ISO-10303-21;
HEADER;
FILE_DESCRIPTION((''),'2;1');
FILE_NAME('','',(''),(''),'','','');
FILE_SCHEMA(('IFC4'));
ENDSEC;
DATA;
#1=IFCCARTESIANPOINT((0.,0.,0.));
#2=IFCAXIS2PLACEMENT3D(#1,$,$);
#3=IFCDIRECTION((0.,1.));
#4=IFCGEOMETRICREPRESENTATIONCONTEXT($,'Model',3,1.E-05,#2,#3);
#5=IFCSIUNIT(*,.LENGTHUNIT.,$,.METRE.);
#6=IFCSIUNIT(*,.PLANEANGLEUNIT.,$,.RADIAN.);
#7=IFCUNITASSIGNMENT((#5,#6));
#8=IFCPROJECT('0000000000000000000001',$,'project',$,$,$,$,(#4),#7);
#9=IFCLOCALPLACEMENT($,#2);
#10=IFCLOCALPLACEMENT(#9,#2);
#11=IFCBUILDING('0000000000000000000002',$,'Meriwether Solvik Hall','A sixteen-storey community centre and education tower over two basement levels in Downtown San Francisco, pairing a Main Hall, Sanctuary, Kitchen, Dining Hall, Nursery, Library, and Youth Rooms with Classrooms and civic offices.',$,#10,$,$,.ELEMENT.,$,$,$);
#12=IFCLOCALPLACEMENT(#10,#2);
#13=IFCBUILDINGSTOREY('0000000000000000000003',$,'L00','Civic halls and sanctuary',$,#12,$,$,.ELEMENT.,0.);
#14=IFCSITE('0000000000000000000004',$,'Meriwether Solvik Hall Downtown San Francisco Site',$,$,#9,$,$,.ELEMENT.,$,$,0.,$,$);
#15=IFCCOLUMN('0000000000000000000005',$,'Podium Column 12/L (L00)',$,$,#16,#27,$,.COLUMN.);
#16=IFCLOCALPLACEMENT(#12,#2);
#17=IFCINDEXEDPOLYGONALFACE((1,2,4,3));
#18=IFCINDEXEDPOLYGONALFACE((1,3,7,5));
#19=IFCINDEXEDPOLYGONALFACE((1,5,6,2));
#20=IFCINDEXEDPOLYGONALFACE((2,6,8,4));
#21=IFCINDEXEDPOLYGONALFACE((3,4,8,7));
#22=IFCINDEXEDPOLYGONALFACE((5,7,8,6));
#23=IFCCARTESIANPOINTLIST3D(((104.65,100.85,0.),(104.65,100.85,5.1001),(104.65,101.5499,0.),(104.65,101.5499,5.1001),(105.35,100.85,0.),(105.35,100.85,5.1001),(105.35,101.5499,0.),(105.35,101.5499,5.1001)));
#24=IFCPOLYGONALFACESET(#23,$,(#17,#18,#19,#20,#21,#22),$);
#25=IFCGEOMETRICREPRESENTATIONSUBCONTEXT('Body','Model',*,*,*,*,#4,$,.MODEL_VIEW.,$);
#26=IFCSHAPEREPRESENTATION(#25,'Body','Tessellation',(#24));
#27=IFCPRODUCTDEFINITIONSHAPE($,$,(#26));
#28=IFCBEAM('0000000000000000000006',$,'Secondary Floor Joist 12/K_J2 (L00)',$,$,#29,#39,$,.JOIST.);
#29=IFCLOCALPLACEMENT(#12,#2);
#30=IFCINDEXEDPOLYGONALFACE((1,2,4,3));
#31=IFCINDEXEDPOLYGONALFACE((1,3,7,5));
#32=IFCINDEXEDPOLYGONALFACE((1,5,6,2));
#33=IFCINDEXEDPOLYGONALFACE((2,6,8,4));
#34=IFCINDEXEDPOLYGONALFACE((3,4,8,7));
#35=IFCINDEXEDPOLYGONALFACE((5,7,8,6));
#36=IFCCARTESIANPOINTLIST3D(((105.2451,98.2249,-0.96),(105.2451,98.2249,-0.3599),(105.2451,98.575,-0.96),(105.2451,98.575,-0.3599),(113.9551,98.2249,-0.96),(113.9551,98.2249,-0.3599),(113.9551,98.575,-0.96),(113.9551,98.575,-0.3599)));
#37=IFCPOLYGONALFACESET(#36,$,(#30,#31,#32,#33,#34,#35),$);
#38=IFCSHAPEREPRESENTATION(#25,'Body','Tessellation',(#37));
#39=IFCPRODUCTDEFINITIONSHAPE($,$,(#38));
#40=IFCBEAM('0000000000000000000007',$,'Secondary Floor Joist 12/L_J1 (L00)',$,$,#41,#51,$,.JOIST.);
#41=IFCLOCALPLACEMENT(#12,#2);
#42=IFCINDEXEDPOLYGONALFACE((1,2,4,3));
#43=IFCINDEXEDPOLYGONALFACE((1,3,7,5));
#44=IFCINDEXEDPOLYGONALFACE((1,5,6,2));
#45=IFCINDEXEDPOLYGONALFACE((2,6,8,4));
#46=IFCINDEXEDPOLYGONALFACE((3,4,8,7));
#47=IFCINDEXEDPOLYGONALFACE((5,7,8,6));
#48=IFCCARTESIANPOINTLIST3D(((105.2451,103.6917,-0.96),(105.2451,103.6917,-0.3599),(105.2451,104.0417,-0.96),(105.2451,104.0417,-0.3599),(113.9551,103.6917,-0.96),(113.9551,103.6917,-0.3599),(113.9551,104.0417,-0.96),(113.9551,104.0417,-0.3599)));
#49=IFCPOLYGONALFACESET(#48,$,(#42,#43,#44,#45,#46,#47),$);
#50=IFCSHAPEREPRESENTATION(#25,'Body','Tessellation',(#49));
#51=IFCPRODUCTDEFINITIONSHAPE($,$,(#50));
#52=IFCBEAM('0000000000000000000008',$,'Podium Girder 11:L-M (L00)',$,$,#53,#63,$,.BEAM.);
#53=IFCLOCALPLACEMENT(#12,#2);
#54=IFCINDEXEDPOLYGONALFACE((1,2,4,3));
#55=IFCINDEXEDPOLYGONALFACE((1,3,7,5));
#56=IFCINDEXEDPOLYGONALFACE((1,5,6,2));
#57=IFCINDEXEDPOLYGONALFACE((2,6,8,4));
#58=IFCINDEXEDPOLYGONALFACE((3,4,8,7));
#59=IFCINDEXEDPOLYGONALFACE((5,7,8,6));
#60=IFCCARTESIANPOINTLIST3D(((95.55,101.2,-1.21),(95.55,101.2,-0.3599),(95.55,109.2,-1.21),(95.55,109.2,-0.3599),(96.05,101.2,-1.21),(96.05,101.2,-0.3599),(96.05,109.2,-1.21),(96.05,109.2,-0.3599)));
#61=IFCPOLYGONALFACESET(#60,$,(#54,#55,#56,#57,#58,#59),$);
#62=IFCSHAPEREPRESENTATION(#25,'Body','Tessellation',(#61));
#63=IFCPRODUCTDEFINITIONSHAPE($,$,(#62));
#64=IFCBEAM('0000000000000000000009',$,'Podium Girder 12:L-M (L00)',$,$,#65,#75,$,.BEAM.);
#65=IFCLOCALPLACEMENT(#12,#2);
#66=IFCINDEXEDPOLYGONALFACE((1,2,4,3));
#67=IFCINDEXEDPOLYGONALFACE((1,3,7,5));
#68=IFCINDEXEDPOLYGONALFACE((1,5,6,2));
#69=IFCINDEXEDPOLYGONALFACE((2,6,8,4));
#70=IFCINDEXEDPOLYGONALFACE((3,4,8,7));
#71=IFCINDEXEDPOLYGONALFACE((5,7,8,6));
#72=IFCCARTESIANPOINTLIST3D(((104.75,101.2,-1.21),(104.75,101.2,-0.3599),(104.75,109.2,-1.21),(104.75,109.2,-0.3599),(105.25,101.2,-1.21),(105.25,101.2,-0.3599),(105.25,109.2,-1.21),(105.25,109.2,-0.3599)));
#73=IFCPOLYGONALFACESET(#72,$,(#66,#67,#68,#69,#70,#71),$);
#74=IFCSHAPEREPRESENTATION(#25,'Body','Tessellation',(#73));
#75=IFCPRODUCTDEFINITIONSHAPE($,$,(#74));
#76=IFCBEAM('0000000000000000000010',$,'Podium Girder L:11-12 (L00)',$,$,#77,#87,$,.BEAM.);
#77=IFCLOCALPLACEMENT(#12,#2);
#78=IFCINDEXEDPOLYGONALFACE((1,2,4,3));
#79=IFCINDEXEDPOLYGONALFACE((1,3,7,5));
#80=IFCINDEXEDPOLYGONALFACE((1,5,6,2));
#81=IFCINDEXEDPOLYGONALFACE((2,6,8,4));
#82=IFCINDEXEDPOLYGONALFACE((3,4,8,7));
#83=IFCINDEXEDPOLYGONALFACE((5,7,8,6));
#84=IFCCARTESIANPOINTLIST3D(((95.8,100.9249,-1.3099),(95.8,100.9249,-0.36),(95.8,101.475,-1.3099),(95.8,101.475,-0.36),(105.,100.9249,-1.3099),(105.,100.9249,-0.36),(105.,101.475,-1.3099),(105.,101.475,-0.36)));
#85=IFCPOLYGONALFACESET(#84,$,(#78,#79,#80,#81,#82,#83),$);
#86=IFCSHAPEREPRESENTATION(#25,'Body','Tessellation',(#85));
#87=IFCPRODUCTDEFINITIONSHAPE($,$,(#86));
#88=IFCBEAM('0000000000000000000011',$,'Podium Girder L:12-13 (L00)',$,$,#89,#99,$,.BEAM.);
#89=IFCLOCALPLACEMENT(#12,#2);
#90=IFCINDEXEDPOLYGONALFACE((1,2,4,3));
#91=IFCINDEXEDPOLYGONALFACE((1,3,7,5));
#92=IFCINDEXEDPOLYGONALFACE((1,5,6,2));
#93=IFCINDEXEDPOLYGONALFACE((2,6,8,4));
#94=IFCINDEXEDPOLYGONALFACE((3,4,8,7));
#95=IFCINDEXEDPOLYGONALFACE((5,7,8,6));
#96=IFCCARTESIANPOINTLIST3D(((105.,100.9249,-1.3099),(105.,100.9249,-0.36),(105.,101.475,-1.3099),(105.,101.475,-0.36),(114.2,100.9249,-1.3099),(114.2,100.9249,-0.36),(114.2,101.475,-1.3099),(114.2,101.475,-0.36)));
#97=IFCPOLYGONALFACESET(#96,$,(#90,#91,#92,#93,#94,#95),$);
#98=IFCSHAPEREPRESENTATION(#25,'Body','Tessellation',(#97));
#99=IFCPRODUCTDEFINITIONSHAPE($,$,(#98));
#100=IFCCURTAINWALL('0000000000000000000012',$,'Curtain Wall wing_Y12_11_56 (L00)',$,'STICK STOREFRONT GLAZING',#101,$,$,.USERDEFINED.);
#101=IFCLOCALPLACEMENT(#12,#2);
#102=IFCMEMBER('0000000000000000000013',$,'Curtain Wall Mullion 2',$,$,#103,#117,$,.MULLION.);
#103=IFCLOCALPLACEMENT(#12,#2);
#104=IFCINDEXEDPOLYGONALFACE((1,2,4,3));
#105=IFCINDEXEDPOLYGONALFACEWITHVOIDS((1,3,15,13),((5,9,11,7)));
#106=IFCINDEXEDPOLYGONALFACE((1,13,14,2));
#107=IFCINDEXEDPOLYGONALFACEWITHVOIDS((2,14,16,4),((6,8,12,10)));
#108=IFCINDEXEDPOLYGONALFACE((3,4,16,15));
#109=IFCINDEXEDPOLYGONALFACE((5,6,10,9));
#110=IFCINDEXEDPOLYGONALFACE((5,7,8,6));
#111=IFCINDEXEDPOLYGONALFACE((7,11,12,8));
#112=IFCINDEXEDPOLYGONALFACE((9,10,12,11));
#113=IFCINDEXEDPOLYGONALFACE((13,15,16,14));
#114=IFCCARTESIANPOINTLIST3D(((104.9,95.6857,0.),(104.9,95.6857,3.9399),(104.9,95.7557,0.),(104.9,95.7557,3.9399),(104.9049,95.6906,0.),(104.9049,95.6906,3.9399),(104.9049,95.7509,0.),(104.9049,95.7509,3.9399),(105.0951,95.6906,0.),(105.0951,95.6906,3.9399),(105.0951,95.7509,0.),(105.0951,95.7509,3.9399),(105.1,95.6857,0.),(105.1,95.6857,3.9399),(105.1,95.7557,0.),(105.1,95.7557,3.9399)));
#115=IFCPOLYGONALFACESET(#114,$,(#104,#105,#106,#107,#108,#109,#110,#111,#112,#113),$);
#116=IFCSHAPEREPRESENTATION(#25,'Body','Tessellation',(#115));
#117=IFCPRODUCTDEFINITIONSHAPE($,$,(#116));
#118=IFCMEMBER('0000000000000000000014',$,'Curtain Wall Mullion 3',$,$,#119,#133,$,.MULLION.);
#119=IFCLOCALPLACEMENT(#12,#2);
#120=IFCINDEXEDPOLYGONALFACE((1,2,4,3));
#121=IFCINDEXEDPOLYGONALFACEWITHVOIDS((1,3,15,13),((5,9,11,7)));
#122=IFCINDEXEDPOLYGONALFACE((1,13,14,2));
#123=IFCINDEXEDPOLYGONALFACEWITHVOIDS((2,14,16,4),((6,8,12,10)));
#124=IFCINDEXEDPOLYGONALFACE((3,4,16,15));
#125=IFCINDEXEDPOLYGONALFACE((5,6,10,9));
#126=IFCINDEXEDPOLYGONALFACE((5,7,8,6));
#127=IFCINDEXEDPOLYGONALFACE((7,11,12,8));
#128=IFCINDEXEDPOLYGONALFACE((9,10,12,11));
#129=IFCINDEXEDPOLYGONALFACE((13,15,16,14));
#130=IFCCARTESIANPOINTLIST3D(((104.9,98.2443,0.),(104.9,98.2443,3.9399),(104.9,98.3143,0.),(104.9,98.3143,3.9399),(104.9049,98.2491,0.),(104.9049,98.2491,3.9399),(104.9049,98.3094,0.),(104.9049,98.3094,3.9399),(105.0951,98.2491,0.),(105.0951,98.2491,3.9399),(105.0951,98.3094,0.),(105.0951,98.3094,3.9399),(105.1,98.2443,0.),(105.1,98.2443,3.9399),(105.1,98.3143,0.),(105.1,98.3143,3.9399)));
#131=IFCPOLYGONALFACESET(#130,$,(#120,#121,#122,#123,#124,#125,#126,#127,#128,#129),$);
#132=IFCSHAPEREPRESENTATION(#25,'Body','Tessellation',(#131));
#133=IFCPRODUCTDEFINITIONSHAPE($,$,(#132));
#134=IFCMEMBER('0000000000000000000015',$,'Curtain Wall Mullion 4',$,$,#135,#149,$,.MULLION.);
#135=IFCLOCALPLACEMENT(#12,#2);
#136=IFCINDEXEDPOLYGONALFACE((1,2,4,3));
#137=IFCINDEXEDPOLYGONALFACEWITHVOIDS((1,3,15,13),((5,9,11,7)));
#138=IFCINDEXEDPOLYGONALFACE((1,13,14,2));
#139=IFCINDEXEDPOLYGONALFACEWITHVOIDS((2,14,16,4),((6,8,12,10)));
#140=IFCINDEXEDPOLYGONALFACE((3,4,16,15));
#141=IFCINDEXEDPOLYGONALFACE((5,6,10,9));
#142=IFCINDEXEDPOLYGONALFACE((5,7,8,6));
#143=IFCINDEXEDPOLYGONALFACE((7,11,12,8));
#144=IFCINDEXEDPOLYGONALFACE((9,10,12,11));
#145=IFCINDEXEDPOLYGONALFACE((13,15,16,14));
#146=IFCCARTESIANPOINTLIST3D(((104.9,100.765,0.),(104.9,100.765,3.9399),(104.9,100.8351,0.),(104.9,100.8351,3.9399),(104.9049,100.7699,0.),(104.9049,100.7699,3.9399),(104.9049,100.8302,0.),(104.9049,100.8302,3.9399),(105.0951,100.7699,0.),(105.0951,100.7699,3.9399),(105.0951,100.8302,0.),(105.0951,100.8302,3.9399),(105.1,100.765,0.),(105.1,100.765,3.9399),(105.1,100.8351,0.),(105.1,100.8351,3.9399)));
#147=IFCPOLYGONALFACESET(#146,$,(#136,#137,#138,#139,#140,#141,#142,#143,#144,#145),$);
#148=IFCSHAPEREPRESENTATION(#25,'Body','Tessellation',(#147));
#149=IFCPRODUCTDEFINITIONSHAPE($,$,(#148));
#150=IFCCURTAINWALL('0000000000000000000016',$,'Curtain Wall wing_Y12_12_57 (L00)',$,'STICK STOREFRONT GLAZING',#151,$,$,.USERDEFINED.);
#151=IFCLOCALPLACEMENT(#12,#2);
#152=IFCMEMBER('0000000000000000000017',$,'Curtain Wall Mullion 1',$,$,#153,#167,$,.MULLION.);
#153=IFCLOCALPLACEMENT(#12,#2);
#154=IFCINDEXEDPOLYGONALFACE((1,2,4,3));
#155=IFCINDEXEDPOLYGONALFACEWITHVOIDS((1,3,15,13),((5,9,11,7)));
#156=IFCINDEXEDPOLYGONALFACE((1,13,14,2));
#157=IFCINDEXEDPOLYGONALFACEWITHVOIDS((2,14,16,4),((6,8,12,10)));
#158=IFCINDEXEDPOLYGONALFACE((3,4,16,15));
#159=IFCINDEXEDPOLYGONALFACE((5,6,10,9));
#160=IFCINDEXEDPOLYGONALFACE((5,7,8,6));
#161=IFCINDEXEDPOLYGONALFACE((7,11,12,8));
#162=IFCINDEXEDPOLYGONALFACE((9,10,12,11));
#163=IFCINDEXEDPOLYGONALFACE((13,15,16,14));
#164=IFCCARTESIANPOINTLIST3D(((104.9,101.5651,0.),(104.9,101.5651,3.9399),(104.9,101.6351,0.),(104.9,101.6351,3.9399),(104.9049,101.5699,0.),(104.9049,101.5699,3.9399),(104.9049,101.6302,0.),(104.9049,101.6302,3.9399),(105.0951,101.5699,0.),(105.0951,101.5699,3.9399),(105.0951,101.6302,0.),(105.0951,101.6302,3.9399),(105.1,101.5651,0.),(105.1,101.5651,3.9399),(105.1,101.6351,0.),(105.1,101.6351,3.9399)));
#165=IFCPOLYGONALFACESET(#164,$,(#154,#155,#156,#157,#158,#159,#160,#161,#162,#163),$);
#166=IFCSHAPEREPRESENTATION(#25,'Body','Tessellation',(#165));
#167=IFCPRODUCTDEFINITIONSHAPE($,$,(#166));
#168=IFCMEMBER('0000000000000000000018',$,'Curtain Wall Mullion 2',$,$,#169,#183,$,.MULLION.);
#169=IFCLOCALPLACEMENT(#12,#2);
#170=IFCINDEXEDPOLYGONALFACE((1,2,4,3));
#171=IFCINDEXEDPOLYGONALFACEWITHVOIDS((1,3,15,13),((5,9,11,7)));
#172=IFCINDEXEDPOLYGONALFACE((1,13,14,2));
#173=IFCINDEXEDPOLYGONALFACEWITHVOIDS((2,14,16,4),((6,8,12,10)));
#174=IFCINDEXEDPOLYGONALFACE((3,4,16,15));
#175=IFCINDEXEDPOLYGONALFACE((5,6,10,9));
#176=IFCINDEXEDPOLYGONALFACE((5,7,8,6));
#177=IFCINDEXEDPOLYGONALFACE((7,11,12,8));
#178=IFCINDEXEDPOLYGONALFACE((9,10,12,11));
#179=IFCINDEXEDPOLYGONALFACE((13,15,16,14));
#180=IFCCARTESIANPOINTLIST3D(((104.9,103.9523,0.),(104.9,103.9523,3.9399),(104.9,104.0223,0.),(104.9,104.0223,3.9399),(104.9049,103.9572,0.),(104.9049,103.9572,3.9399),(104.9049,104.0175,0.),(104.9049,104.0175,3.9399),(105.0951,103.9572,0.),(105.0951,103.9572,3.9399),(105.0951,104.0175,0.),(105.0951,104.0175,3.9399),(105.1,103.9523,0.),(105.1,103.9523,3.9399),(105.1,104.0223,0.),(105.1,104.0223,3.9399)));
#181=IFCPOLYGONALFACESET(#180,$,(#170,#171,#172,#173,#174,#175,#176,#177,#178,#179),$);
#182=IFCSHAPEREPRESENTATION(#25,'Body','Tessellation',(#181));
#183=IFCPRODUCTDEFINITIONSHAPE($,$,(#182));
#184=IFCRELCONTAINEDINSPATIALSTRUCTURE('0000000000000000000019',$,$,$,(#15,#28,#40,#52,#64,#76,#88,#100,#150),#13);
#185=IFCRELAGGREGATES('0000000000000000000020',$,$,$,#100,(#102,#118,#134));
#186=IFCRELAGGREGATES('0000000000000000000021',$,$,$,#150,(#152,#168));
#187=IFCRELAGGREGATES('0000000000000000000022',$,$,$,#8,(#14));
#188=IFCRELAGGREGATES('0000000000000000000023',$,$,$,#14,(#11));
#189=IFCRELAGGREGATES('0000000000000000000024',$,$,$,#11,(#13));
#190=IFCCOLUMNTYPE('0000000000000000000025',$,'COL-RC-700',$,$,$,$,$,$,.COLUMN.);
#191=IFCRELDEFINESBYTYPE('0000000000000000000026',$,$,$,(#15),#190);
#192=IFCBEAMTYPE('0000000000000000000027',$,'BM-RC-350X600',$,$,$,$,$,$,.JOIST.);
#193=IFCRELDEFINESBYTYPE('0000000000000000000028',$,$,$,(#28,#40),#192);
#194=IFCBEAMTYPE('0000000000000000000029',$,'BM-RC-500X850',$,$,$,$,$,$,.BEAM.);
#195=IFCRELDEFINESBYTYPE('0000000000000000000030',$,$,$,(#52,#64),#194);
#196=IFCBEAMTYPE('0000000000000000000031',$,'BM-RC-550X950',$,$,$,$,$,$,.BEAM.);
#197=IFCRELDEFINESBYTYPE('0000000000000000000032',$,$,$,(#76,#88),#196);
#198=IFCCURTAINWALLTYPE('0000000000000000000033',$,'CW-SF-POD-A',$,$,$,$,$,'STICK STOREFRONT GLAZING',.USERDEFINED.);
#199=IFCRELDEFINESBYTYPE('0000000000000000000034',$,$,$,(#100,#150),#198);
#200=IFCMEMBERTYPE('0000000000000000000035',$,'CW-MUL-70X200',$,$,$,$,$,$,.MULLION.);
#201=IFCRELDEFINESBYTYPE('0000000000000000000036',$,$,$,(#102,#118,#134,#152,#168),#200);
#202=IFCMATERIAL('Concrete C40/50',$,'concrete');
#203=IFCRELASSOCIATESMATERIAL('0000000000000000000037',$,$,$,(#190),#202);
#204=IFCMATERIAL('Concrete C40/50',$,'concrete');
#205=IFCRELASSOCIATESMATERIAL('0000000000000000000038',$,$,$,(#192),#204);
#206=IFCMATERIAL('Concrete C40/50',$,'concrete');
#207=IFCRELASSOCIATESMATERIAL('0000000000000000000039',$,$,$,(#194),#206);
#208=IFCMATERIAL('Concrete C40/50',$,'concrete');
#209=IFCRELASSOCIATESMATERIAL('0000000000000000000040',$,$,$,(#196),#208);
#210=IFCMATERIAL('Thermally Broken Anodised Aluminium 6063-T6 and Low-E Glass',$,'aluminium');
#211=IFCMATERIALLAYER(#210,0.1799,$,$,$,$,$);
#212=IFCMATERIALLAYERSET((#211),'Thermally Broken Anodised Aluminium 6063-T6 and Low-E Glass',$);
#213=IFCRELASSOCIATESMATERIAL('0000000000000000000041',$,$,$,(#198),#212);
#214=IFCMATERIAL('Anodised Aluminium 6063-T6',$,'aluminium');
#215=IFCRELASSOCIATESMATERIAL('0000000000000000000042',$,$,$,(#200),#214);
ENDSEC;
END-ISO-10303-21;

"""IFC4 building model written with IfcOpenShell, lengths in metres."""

from ifc_helpers import new_model, si_unit, direction, frame, origin, origin_2d, place, context, subcontext, project, spatial, rectangle, hollow_rectangle, extrude, material, layer, layer_set, material_profile, profile_set, type_object, element, aggregate, save


model = new_model("IFC4")

# Units and contexts
model_context = context("Model", 3, precision=1e-05, world=origin(), true_north=direction((0.0, 1.0)))
body_context = subcontext(model_context, "Body", "Model", "MODEL_VIEW")
ifc_project = project(units=[si_unit("LENGTHUNIT", "METRE"), si_unit("PLANEANGLEUNIT", "RADIAN")], contexts=[model_context])

# Site, building, storey
site_placement = place(None, origin())
site = spatial("IfcSite", under=ifc_project, at=site_placement, Name="Meriwether Solvik Hall Downtown San Francisco Site", CompositionType="ELEMENT", RefElevation=0.0)
building_placement = place(site_placement, origin())
building = spatial("IfcBuilding", under=site, at=building_placement, Name="Meriwether Solvik Hall", Description="A sixteen-storey community centre and education tower over two basement levels in Downtown San Francisco, pairing a Main Hall, Sanctuary, Kitchen, Dining Hall, Nursery, Library, and Youth Rooms with Classrooms and civic offices.", CompositionType="ELEMENT")
storey_placement = place(building_placement, origin())
storey = spatial("IfcBuildingStorey", under=building, at=storey_placement, Name="L00", Description="Civic halls and sanctuary", CompositionType="ELEMENT", Elevation=0.0)

# Column
ifc_material_1 = material(Name="Concrete C40/50", Category="concrete")
ifc_material_profile_1 = material_profile(ifc_material_1, rectangle(XDim=0.7, YDim=0.7, at=origin_2d()), Name="RCC-700X700")
ifc_profile_set_1 = profile_set([ifc_material_profile_1], Name="Concrete C40/50")
column_type = type_object("IfcColumnType", Name="COL-RC-700", PredefinedType="COLUMN", material=ifc_profile_set_1)
column_placement = place(storey_placement, frame((105.0, 101.2, 0.0), z_axis=(0.0, 0.0, 1.0), x_axis=(1.0, 0.0, 0.0)))
element("IfcColumn", 1, at=column_placement, inside=storey, type_object=column_type, Name="Podium Column 12/L (L00)", PredefinedType="COLUMN", context=body_context, shape_type="SweptSolid", body=[
    extrude(rectangle(XDim=0.7, YDim=0.7, at=origin_2d()), origin(), (0.0, 0.0, 1.0), 5.1001),
])

# Beams
ifc_material_2 = material(Name="Concrete C40/50", Category="concrete")
ifc_material_profile_2 = material_profile(ifc_material_2, rectangle(XDim=0.3501, YDim=0.6001, at=origin_2d()), Name="RCB-350X600")
ifc_profile_set_2 = profile_set([ifc_material_profile_2], Name="Concrete C40/50")
beam_type_1 = type_object("IfcBeamType", Name="BM-RC-350X600", PredefinedType="JOIST", material=ifc_profile_set_2)
for number, where, z_axis, x_axis, name in (
    (2, (105.2451, 98.3999, -0.6599), (1.0, 0.0, 0.0), (0.0, 1.0, 0.0), "Secondary Floor Joist 12/K_J2 (L00)"),
    (3, (105.2451, 103.8667, -0.6599), (1.0, 0.0, 0.0), (0.0, 1.0, 0.0), "Secondary Floor Joist 12/L_J1 (L00)"),
):
    element("IfcBeam", number, at=place(storey_placement, frame(where, z_axis=z_axis, x_axis=x_axis)), inside=storey, type_object=beam_type_1, Name=name, PredefinedType="JOIST", context=body_context, shape_type="SweptSolid", body=[
        extrude(rectangle(XDim=0.3501, YDim=0.6001, at=origin_2d()), origin(), (0.0, 0.0, 1.0), 8.71),
    ])
ifc_material_3 = material(Name="Concrete C40/50", Category="concrete")
ifc_material_profile_3 = material_profile(ifc_material_3, rectangle(XDim=0.5, YDim=0.8501, at=origin_2d()), Name="RCB-500X850")
ifc_profile_set_3 = profile_set([ifc_material_profile_3], Name="Concrete C40/50")
beam_type_2 = type_object("IfcBeamType", Name="BM-RC-500X850", PredefinedType="BEAM", material=ifc_profile_set_3)
for number, where, z_axis, x_axis, name in (
    (4, (95.8, 101.2, -0.7849), (0.0, 1.0, 0.0), (-1.0, 0.0, 0.0), "Podium Girder 11:L-M (L00)"),
    (5, (105.0, 101.2, -0.7849), (0.0, 1.0, 0.0), (-1.0, 0.0, 0.0), "Podium Girder 12:L-M (L00)"),
):
    element("IfcBeam", number, at=place(storey_placement, frame(where, z_axis=z_axis, x_axis=x_axis)), inside=storey, type_object=beam_type_2, Name=name, PredefinedType="BEAM", context=body_context, shape_type="SweptSolid", body=[
        extrude(rectangle(XDim=0.5, YDim=0.8501, at=origin_2d()), origin(), (0.0, 0.0, 1.0), 8.0),
    ])
ifc_material_4 = material(Name="Concrete C40/50", Category="concrete")
ifc_material_profile_4 = material_profile(ifc_material_4, rectangle(XDim=0.55, YDim=0.95, at=origin_2d()), Name="RCB-550X950")
ifc_profile_set_4 = profile_set([ifc_material_profile_4], Name="Concrete C40/50")
beam_type_3 = type_object("IfcBeamType", Name="BM-RC-550X950", PredefinedType="BEAM", material=ifc_profile_set_4)
for number, where, z_axis, x_axis, name in (
    (6, (95.8, 101.2, -0.835), (1.0, 0.0, 0.0), (0.0, 1.0, 0.0), "Podium Girder L:11-12 (L00)"),
    (7, (105.0, 101.2, -0.835), (1.0, 0.0, 0.0), (0.0, 1.0, 0.0), "Podium Girder L:12-13 (L00)"),
):
    element("IfcBeam", number, at=place(storey_placement, frame(where, z_axis=z_axis, x_axis=x_axis)), inside=storey, type_object=beam_type_3, Name=name, PredefinedType="BEAM", context=body_context, shape_type="SweptSolid", body=[
        extrude(rectangle(XDim=0.55, YDim=0.95, at=origin_2d()), origin(), (0.0, 0.0, 1.0), 9.2),
    ])

# Curtain walls, members
ifc_material_5 = material(Name="Thermally Broken Anodised Aluminium 6063-T6 and Low-E Glass", Category="aluminium")
ifc_layer_1 = layer(ifc_material_5, 0.1799)
ifc_layer_set_1 = layer_set([ifc_layer_1], Name="Thermally Broken Anodised Aluminium 6063-T6 and Low-E Glass")
curtain_wall_type = type_object("IfcCurtainWallType", Name="CW-SF-POD-A", ElementType="STICK STOREFRONT GLAZING", PredefinedType="USERDEFINED", material=ifc_layer_set_1)
curtain_wall_1_placement = place(storey_placement, origin())
curtain_wall_1 = element("IfcCurtainWall", 8, at=curtain_wall_1_placement, inside=storey, type_object=curtain_wall_type, Name="Curtain Wall wing_Y12_11_56 (L00)", ObjectType="STICK STOREFRONT GLAZING", PredefinedType="USERDEFINED")
ifc_material_6 = material(Name="Anodised Aluminium 6063-T6", Category="aluminium")
ifc_material_profile_5 = material_profile(ifc_material_6, hollow_rectangle(XDim=0.0701, YDim=0.2, WallThickness=0.0049, at=origin_2d()), Name="CWM-70X200")
ifc_profile_set_5 = profile_set([ifc_material_profile_5], Name="Anodised Aluminium 6063-T6")
member_type_1 = type_object("IfcMemberType", Name="CW-MUL-70X200", PredefinedType="MULLION", material=ifc_profile_set_5)
member_1_placement = place(storey_placement, frame((105.0, 95.7207, 0.0), z_axis=(0.0, 0.0, 1.0), x_axis=(0.0, 1.0, 0.0)))
member_1 = element("IfcMember", 9, at=member_1_placement, type_object=member_type_1, Name="Curtain Wall Mullion 2", PredefinedType="MULLION", context=body_context, shape_type="SweptSolid", body=[
    extrude(hollow_rectangle(XDim=0.0701, YDim=0.2, WallThickness=0.0049, at=origin_2d()), origin(), (0.0, 0.0, 1.0), 3.9399),
])
member_2_placement = place(storey_placement, frame((105.0, 98.2793, 0.0), z_axis=(0.0, 0.0, 1.0), x_axis=(0.0, 1.0, 0.0)))
member_2 = element("IfcMember", 10, at=member_2_placement, type_object=member_type_1, Name="Curtain Wall Mullion 3", PredefinedType="MULLION", context=body_context, shape_type="SweptSolid", body=[
    extrude(hollow_rectangle(XDim=0.0701, YDim=0.2, WallThickness=0.0049, at=origin_2d()), origin(), (0.0, 0.0, 1.0), 3.9399),
])
member_3_placement = place(storey_placement, frame((105.0, 100.8, 0.0), z_axis=(0.0, 0.0, 1.0), x_axis=(0.0, 1.0, 0.0)))
member_3 = element("IfcMember", 11, at=member_3_placement, type_object=member_type_1, Name="Curtain Wall Mullion 4", PredefinedType="MULLION", context=body_context, shape_type="SweptSolid", body=[
    extrude(hollow_rectangle(XDim=0.0701, YDim=0.2, WallThickness=0.0049, at=origin_2d()), origin(), (0.0, 0.0, 1.0), 3.9399),
])
curtain_wall_2_placement = place(storey_placement, origin())
curtain_wall_2 = element("IfcCurtainWall", 12, at=curtain_wall_2_placement, inside=storey, type_object=curtain_wall_type, Name="Curtain Wall wing_Y12_12_57 (L00)", ObjectType="STICK STOREFRONT GLAZING", PredefinedType="USERDEFINED")
member_4_placement = place(storey_placement, frame((105.0, 101.6001, 0.0), z_axis=(0.0, 0.0, 1.0), x_axis=(0.0, 1.0, 0.0)))
member_4 = element("IfcMember", 13, at=member_4_placement, type_object=member_type_1, Name="Curtain Wall Mullion 1", PredefinedType="MULLION", context=body_context, shape_type="SweptSolid", body=[
    extrude(hollow_rectangle(XDim=0.0701, YDim=0.2, WallThickness=0.0049, at=origin_2d()), origin(), (0.0, 0.0, 1.0), 3.9399),
])
member_5_placement = place(storey_placement, frame((105.0, 103.9873, 0.0), z_axis=(0.0, 0.0, 1.0), x_axis=(0.0, 1.0, 0.0)))
member_5 = element("IfcMember", 14, at=member_5_placement, type_object=member_type_1, Name="Curtain Wall Mullion 2", PredefinedType="MULLION", context=body_context, shape_type="SweptSolid", body=[
    extrude(hollow_rectangle(XDim=0.0701, YDim=0.2, WallThickness=0.0049, at=origin_2d()), origin(), (0.0, 0.0, 1.0), 3.9399),
])

aggregate(curtain_wall_1, [member_1, member_2, member_3])
aggregate(curtain_wall_2, [member_4, member_5])

save(model, "model.ifc")
